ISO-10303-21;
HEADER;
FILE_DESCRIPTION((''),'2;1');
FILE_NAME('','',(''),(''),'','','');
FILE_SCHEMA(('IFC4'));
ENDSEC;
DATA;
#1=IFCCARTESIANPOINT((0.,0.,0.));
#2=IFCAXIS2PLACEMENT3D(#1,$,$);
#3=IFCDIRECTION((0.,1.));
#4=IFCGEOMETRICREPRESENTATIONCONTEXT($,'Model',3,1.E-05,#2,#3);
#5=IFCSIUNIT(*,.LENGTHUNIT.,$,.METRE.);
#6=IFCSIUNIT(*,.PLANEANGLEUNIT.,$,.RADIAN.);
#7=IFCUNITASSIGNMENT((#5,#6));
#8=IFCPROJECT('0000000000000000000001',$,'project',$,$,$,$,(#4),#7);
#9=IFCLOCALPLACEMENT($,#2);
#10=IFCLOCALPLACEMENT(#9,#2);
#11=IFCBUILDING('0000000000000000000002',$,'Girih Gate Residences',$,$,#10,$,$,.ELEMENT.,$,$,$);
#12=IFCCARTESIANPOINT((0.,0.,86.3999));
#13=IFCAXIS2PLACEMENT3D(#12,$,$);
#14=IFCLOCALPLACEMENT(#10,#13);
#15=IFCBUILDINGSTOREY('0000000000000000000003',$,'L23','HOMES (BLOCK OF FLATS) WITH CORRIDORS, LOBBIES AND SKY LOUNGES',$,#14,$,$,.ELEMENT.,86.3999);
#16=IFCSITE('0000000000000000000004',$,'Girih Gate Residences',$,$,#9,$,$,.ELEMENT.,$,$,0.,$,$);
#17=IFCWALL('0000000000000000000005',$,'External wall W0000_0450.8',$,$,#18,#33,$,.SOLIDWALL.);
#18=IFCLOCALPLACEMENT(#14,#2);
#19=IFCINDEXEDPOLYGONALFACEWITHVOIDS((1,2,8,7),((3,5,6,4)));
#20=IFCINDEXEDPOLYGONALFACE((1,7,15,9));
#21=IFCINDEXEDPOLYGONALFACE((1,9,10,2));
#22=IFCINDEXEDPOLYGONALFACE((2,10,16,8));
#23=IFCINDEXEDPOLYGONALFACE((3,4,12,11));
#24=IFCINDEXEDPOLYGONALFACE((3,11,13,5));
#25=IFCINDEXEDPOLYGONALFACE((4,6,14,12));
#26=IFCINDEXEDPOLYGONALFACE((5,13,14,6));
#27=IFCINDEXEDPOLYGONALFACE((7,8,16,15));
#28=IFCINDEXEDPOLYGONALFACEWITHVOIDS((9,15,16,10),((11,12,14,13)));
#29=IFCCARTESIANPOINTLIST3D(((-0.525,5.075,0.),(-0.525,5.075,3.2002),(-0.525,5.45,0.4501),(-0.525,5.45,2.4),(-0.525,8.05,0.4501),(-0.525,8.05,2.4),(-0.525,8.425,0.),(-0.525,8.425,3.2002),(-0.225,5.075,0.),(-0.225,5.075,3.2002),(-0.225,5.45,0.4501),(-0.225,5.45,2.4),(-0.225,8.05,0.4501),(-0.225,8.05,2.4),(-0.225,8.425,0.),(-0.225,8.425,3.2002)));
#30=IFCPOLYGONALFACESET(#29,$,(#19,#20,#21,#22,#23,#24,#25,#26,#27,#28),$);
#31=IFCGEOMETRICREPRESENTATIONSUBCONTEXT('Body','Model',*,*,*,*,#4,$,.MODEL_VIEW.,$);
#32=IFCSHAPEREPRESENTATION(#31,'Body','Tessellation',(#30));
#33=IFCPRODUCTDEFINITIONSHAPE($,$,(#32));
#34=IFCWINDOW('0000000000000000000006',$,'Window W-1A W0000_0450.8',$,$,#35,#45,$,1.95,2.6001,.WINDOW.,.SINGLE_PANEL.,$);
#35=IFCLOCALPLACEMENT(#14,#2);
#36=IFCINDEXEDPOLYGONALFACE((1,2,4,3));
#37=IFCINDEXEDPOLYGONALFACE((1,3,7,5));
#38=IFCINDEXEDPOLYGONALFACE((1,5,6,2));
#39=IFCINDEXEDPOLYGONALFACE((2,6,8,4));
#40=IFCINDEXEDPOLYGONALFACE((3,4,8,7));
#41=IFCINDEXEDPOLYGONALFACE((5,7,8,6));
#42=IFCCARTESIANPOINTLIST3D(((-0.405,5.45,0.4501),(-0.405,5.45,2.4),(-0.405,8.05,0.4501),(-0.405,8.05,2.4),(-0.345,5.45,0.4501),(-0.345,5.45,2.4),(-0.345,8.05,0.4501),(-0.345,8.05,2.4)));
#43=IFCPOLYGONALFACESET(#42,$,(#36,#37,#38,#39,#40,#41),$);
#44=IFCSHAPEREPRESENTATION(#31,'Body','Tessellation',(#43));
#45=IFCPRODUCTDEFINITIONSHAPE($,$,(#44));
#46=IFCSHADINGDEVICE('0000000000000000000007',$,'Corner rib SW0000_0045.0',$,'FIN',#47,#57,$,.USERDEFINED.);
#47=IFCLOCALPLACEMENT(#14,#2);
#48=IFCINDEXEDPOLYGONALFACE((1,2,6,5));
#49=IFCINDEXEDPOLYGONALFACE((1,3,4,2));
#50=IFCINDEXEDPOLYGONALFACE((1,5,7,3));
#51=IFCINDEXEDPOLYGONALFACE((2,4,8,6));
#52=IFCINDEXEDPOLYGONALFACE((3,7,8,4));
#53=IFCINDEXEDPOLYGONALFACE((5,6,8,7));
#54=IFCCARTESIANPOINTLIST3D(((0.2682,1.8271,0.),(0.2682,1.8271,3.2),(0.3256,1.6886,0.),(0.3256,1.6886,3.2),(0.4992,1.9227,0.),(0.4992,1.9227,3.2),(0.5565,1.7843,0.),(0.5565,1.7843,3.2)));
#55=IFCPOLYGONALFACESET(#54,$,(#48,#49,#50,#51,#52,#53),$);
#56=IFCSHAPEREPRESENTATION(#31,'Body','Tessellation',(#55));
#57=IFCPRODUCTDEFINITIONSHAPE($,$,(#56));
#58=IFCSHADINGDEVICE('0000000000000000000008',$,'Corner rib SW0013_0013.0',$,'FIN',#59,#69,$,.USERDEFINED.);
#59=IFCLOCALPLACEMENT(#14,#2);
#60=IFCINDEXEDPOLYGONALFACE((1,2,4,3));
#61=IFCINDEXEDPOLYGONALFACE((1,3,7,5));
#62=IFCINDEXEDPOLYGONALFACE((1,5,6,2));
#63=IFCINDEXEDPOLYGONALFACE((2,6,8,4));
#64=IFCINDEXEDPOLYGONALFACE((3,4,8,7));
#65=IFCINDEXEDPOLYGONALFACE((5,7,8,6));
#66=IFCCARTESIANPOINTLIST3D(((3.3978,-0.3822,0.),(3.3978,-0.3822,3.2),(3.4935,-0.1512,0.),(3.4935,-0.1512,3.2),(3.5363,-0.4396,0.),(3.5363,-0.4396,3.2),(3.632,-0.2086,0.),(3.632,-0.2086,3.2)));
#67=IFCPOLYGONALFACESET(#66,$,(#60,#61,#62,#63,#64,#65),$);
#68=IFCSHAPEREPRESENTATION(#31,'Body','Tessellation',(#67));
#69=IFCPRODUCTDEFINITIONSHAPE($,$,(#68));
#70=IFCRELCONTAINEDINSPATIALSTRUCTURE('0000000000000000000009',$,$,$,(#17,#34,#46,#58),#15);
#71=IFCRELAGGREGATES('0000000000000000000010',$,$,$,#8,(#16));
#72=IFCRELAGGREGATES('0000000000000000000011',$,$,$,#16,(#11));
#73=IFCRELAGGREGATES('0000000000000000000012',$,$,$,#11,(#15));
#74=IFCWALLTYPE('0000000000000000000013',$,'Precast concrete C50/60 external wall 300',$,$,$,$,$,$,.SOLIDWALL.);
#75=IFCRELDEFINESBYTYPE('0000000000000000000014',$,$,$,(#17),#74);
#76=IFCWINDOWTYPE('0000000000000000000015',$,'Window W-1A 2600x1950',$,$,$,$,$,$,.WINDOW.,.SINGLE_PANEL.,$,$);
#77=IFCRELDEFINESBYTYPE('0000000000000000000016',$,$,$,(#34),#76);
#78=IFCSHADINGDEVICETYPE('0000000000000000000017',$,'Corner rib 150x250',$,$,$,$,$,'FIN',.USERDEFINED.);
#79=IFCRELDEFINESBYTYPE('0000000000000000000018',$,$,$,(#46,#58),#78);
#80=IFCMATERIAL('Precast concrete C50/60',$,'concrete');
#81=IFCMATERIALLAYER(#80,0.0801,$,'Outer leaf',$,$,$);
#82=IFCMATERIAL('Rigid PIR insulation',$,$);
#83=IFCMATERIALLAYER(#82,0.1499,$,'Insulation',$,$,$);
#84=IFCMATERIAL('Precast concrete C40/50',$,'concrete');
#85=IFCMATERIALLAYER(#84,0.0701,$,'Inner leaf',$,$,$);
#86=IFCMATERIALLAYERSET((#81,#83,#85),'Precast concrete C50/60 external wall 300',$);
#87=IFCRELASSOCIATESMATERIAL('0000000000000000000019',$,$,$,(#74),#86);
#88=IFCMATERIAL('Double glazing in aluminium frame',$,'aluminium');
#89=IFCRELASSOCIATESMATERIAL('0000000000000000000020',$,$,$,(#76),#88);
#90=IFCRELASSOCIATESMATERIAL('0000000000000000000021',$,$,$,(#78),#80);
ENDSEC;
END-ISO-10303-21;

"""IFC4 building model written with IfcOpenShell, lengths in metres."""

from ifc_helpers import new_model, si_unit, direction, frame, frame_2d, origin, origin_2d, place, context, subcontext, project, spatial, rectangle, extrude, material, layer, layer_set, type_object, element, fill, save


model = new_model("IFC4")

# Units and contexts
model_context = context("Model", 3, precision=1e-05, world=origin(), true_north=direction((0.0, 1.0)))
body_context = subcontext(model_context, "Body", "Model", "MODEL_VIEW")
ifc_project = project(units=[si_unit("LENGTHUNIT", "METRE"), si_unit("PLANEANGLEUNIT", "RADIAN")], contexts=[model_context])

# Site, building, storey
site_placement = place(None, origin())
site = spatial("IfcSite", under=ifc_project, at=site_placement, Name="Girih Gate Residences", CompositionType="ELEMENT", RefElevation=0.0)
building_placement = place(site_placement, origin())
building = spatial("IfcBuilding", under=site, at=building_placement, Name="Girih Gate Residences", CompositionType="ELEMENT")
storey_placement = place(building_placement, frame((0.0, 0.0, 86.3999)))
storey = spatial("IfcBuildingStorey", under=building, at=storey_placement, Name="L23", Description="HOMES (BLOCK OF FLATS) WITH CORRIDORS, LOBBIES AND SKY LOUNGES", CompositionType="ELEMENT", Elevation=86.3999)

# Wall, opening, window
ifc_material_1 = material(Name="Precast concrete C50/60", Category="concrete")
ifc_layer_1 = layer(ifc_material_1, 0.0801, Name="Outer leaf")
ifc_material_2 = material(Name="Rigid PIR insulation")
ifc_layer_2 = layer(ifc_material_2, 0.1499, Name="Insulation")
ifc_material_3 = material(Name="Precast concrete C40/50", Category="concrete")
ifc_layer_3 = layer(ifc_material_3, 0.0701, Name="Inner leaf")
ifc_layer_set_1 = layer_set([ifc_layer_1, ifc_layer_2, ifc_layer_3], Name="Precast concrete C50/60 external wall 300")
wall_type_1 = type_object("IfcWallType", Name="Precast concrete C50/60 external wall 300", PredefinedType="SOLIDWALL", material=ifc_layer_set_1)
ifc_material_4 = material(Name="Double glazing in aluminium frame", Category="aluminium")
window_type_1 = type_object("IfcWindowType", Name="Window W-1A 2600x1950", PartitioningType="SINGLE_PANEL", PredefinedType="WINDOW", material=ifc_material_4)
wall_1_placement = place(storey_placement, frame((-0.375, 5.075, 0.0), z_axis=(0.0, 0.0, 1.0), x_axis=(0.0, 1.0, 0.0)))
wall_1 = element("IfcWall", 1, at=wall_1_placement, inside=storey, type_object=wall_type_1, Name="External wall W0000_0450.8", PredefinedType="SOLIDWALL", context=body_context, shape_type="SweptSolid", body=[
    extrude(rectangle(XDim=3.3501, YDim=0.3, at=frame_2d((1.675, 0.0))), origin(), (0.0, 0.0, 1.0), 3.2002),
])
opening_1_placement = place(wall_1_placement, frame((0.375, 0.0, 0.45)))
opening_1 = element("IfcOpeningElement", 2, at=opening_1_placement, cuts=wall_1, PredefinedType="OPENING", context=body_context, shape_type="SweptSolid", body=[
    extrude(rectangle(XDim=2.6001, YDim=1.95, at=frame_2d((1.3, 0.9751))), frame((0.0, 0.1599, 0.0), z_axis=(0.0, -1.0, 0.0), x_axis=(1.0, 0.0, 0.0)), (0.0, 0.0, 1.0), 0.3201),
])
window_1_placement = place(opening_1_placement, origin())
window_1 = element("IfcWindow", 3, at=window_1_placement, inside=storey, type_object=window_type_1, Name="Window W-1A W0000_0450.8", OverallHeight=1.95, OverallWidth=2.6001, PartitioningType="SINGLE_PANEL", PredefinedType="WINDOW", context=body_context, shape_type="SweptSolid", body=[
    extrude(rectangle(XDim=2.6001, YDim=1.95, at=frame_2d((1.3, 0.9751))), frame((0.0, 0.03, 0.0), z_axis=(0.0, -1.0, 0.0), x_axis=(1.0, 0.0, 0.0)), (0.0, 0.0, 1.0), 0.0601),
])
fill(opening_1, window_1)

# Shading devices
shading_device_type = type_object("IfcShadingDeviceType", Name="Corner rib 150x250", ElementType="FIN", PredefinedType="USERDEFINED", material=ifc_material_1)
for number, where, z_axis, x_axis, name in (
    (4, (0.4124, 1.8057, 0.0), (0.0, 0.0, 1.0), (0.382683, -0.92388, 0.0), "Corner rib SW0000_0045.0"),
    (5, (3.5149, -0.2954, 0.0), (0.0, 0.0, 1.0), (0.92388, -0.382683, 0.0), "Corner rib SW0013_0013.0"),
):
    element("IfcShadingDevice", number, at=place(storey_placement, frame(where, z_axis=z_axis, x_axis=x_axis)), inside=storey, type_object=shading_device_type, Name=name, ObjectType="FIN", PredefinedType="USERDEFINED", context=body_context, shape_type="SweptSolid", body=[
        extrude(rectangle(XDim=0.1499, YDim=0.25, at=origin_2d()), origin(), (0.0, 0.0, 1.0), 3.2),
    ])

save(model, "model.ifc")
